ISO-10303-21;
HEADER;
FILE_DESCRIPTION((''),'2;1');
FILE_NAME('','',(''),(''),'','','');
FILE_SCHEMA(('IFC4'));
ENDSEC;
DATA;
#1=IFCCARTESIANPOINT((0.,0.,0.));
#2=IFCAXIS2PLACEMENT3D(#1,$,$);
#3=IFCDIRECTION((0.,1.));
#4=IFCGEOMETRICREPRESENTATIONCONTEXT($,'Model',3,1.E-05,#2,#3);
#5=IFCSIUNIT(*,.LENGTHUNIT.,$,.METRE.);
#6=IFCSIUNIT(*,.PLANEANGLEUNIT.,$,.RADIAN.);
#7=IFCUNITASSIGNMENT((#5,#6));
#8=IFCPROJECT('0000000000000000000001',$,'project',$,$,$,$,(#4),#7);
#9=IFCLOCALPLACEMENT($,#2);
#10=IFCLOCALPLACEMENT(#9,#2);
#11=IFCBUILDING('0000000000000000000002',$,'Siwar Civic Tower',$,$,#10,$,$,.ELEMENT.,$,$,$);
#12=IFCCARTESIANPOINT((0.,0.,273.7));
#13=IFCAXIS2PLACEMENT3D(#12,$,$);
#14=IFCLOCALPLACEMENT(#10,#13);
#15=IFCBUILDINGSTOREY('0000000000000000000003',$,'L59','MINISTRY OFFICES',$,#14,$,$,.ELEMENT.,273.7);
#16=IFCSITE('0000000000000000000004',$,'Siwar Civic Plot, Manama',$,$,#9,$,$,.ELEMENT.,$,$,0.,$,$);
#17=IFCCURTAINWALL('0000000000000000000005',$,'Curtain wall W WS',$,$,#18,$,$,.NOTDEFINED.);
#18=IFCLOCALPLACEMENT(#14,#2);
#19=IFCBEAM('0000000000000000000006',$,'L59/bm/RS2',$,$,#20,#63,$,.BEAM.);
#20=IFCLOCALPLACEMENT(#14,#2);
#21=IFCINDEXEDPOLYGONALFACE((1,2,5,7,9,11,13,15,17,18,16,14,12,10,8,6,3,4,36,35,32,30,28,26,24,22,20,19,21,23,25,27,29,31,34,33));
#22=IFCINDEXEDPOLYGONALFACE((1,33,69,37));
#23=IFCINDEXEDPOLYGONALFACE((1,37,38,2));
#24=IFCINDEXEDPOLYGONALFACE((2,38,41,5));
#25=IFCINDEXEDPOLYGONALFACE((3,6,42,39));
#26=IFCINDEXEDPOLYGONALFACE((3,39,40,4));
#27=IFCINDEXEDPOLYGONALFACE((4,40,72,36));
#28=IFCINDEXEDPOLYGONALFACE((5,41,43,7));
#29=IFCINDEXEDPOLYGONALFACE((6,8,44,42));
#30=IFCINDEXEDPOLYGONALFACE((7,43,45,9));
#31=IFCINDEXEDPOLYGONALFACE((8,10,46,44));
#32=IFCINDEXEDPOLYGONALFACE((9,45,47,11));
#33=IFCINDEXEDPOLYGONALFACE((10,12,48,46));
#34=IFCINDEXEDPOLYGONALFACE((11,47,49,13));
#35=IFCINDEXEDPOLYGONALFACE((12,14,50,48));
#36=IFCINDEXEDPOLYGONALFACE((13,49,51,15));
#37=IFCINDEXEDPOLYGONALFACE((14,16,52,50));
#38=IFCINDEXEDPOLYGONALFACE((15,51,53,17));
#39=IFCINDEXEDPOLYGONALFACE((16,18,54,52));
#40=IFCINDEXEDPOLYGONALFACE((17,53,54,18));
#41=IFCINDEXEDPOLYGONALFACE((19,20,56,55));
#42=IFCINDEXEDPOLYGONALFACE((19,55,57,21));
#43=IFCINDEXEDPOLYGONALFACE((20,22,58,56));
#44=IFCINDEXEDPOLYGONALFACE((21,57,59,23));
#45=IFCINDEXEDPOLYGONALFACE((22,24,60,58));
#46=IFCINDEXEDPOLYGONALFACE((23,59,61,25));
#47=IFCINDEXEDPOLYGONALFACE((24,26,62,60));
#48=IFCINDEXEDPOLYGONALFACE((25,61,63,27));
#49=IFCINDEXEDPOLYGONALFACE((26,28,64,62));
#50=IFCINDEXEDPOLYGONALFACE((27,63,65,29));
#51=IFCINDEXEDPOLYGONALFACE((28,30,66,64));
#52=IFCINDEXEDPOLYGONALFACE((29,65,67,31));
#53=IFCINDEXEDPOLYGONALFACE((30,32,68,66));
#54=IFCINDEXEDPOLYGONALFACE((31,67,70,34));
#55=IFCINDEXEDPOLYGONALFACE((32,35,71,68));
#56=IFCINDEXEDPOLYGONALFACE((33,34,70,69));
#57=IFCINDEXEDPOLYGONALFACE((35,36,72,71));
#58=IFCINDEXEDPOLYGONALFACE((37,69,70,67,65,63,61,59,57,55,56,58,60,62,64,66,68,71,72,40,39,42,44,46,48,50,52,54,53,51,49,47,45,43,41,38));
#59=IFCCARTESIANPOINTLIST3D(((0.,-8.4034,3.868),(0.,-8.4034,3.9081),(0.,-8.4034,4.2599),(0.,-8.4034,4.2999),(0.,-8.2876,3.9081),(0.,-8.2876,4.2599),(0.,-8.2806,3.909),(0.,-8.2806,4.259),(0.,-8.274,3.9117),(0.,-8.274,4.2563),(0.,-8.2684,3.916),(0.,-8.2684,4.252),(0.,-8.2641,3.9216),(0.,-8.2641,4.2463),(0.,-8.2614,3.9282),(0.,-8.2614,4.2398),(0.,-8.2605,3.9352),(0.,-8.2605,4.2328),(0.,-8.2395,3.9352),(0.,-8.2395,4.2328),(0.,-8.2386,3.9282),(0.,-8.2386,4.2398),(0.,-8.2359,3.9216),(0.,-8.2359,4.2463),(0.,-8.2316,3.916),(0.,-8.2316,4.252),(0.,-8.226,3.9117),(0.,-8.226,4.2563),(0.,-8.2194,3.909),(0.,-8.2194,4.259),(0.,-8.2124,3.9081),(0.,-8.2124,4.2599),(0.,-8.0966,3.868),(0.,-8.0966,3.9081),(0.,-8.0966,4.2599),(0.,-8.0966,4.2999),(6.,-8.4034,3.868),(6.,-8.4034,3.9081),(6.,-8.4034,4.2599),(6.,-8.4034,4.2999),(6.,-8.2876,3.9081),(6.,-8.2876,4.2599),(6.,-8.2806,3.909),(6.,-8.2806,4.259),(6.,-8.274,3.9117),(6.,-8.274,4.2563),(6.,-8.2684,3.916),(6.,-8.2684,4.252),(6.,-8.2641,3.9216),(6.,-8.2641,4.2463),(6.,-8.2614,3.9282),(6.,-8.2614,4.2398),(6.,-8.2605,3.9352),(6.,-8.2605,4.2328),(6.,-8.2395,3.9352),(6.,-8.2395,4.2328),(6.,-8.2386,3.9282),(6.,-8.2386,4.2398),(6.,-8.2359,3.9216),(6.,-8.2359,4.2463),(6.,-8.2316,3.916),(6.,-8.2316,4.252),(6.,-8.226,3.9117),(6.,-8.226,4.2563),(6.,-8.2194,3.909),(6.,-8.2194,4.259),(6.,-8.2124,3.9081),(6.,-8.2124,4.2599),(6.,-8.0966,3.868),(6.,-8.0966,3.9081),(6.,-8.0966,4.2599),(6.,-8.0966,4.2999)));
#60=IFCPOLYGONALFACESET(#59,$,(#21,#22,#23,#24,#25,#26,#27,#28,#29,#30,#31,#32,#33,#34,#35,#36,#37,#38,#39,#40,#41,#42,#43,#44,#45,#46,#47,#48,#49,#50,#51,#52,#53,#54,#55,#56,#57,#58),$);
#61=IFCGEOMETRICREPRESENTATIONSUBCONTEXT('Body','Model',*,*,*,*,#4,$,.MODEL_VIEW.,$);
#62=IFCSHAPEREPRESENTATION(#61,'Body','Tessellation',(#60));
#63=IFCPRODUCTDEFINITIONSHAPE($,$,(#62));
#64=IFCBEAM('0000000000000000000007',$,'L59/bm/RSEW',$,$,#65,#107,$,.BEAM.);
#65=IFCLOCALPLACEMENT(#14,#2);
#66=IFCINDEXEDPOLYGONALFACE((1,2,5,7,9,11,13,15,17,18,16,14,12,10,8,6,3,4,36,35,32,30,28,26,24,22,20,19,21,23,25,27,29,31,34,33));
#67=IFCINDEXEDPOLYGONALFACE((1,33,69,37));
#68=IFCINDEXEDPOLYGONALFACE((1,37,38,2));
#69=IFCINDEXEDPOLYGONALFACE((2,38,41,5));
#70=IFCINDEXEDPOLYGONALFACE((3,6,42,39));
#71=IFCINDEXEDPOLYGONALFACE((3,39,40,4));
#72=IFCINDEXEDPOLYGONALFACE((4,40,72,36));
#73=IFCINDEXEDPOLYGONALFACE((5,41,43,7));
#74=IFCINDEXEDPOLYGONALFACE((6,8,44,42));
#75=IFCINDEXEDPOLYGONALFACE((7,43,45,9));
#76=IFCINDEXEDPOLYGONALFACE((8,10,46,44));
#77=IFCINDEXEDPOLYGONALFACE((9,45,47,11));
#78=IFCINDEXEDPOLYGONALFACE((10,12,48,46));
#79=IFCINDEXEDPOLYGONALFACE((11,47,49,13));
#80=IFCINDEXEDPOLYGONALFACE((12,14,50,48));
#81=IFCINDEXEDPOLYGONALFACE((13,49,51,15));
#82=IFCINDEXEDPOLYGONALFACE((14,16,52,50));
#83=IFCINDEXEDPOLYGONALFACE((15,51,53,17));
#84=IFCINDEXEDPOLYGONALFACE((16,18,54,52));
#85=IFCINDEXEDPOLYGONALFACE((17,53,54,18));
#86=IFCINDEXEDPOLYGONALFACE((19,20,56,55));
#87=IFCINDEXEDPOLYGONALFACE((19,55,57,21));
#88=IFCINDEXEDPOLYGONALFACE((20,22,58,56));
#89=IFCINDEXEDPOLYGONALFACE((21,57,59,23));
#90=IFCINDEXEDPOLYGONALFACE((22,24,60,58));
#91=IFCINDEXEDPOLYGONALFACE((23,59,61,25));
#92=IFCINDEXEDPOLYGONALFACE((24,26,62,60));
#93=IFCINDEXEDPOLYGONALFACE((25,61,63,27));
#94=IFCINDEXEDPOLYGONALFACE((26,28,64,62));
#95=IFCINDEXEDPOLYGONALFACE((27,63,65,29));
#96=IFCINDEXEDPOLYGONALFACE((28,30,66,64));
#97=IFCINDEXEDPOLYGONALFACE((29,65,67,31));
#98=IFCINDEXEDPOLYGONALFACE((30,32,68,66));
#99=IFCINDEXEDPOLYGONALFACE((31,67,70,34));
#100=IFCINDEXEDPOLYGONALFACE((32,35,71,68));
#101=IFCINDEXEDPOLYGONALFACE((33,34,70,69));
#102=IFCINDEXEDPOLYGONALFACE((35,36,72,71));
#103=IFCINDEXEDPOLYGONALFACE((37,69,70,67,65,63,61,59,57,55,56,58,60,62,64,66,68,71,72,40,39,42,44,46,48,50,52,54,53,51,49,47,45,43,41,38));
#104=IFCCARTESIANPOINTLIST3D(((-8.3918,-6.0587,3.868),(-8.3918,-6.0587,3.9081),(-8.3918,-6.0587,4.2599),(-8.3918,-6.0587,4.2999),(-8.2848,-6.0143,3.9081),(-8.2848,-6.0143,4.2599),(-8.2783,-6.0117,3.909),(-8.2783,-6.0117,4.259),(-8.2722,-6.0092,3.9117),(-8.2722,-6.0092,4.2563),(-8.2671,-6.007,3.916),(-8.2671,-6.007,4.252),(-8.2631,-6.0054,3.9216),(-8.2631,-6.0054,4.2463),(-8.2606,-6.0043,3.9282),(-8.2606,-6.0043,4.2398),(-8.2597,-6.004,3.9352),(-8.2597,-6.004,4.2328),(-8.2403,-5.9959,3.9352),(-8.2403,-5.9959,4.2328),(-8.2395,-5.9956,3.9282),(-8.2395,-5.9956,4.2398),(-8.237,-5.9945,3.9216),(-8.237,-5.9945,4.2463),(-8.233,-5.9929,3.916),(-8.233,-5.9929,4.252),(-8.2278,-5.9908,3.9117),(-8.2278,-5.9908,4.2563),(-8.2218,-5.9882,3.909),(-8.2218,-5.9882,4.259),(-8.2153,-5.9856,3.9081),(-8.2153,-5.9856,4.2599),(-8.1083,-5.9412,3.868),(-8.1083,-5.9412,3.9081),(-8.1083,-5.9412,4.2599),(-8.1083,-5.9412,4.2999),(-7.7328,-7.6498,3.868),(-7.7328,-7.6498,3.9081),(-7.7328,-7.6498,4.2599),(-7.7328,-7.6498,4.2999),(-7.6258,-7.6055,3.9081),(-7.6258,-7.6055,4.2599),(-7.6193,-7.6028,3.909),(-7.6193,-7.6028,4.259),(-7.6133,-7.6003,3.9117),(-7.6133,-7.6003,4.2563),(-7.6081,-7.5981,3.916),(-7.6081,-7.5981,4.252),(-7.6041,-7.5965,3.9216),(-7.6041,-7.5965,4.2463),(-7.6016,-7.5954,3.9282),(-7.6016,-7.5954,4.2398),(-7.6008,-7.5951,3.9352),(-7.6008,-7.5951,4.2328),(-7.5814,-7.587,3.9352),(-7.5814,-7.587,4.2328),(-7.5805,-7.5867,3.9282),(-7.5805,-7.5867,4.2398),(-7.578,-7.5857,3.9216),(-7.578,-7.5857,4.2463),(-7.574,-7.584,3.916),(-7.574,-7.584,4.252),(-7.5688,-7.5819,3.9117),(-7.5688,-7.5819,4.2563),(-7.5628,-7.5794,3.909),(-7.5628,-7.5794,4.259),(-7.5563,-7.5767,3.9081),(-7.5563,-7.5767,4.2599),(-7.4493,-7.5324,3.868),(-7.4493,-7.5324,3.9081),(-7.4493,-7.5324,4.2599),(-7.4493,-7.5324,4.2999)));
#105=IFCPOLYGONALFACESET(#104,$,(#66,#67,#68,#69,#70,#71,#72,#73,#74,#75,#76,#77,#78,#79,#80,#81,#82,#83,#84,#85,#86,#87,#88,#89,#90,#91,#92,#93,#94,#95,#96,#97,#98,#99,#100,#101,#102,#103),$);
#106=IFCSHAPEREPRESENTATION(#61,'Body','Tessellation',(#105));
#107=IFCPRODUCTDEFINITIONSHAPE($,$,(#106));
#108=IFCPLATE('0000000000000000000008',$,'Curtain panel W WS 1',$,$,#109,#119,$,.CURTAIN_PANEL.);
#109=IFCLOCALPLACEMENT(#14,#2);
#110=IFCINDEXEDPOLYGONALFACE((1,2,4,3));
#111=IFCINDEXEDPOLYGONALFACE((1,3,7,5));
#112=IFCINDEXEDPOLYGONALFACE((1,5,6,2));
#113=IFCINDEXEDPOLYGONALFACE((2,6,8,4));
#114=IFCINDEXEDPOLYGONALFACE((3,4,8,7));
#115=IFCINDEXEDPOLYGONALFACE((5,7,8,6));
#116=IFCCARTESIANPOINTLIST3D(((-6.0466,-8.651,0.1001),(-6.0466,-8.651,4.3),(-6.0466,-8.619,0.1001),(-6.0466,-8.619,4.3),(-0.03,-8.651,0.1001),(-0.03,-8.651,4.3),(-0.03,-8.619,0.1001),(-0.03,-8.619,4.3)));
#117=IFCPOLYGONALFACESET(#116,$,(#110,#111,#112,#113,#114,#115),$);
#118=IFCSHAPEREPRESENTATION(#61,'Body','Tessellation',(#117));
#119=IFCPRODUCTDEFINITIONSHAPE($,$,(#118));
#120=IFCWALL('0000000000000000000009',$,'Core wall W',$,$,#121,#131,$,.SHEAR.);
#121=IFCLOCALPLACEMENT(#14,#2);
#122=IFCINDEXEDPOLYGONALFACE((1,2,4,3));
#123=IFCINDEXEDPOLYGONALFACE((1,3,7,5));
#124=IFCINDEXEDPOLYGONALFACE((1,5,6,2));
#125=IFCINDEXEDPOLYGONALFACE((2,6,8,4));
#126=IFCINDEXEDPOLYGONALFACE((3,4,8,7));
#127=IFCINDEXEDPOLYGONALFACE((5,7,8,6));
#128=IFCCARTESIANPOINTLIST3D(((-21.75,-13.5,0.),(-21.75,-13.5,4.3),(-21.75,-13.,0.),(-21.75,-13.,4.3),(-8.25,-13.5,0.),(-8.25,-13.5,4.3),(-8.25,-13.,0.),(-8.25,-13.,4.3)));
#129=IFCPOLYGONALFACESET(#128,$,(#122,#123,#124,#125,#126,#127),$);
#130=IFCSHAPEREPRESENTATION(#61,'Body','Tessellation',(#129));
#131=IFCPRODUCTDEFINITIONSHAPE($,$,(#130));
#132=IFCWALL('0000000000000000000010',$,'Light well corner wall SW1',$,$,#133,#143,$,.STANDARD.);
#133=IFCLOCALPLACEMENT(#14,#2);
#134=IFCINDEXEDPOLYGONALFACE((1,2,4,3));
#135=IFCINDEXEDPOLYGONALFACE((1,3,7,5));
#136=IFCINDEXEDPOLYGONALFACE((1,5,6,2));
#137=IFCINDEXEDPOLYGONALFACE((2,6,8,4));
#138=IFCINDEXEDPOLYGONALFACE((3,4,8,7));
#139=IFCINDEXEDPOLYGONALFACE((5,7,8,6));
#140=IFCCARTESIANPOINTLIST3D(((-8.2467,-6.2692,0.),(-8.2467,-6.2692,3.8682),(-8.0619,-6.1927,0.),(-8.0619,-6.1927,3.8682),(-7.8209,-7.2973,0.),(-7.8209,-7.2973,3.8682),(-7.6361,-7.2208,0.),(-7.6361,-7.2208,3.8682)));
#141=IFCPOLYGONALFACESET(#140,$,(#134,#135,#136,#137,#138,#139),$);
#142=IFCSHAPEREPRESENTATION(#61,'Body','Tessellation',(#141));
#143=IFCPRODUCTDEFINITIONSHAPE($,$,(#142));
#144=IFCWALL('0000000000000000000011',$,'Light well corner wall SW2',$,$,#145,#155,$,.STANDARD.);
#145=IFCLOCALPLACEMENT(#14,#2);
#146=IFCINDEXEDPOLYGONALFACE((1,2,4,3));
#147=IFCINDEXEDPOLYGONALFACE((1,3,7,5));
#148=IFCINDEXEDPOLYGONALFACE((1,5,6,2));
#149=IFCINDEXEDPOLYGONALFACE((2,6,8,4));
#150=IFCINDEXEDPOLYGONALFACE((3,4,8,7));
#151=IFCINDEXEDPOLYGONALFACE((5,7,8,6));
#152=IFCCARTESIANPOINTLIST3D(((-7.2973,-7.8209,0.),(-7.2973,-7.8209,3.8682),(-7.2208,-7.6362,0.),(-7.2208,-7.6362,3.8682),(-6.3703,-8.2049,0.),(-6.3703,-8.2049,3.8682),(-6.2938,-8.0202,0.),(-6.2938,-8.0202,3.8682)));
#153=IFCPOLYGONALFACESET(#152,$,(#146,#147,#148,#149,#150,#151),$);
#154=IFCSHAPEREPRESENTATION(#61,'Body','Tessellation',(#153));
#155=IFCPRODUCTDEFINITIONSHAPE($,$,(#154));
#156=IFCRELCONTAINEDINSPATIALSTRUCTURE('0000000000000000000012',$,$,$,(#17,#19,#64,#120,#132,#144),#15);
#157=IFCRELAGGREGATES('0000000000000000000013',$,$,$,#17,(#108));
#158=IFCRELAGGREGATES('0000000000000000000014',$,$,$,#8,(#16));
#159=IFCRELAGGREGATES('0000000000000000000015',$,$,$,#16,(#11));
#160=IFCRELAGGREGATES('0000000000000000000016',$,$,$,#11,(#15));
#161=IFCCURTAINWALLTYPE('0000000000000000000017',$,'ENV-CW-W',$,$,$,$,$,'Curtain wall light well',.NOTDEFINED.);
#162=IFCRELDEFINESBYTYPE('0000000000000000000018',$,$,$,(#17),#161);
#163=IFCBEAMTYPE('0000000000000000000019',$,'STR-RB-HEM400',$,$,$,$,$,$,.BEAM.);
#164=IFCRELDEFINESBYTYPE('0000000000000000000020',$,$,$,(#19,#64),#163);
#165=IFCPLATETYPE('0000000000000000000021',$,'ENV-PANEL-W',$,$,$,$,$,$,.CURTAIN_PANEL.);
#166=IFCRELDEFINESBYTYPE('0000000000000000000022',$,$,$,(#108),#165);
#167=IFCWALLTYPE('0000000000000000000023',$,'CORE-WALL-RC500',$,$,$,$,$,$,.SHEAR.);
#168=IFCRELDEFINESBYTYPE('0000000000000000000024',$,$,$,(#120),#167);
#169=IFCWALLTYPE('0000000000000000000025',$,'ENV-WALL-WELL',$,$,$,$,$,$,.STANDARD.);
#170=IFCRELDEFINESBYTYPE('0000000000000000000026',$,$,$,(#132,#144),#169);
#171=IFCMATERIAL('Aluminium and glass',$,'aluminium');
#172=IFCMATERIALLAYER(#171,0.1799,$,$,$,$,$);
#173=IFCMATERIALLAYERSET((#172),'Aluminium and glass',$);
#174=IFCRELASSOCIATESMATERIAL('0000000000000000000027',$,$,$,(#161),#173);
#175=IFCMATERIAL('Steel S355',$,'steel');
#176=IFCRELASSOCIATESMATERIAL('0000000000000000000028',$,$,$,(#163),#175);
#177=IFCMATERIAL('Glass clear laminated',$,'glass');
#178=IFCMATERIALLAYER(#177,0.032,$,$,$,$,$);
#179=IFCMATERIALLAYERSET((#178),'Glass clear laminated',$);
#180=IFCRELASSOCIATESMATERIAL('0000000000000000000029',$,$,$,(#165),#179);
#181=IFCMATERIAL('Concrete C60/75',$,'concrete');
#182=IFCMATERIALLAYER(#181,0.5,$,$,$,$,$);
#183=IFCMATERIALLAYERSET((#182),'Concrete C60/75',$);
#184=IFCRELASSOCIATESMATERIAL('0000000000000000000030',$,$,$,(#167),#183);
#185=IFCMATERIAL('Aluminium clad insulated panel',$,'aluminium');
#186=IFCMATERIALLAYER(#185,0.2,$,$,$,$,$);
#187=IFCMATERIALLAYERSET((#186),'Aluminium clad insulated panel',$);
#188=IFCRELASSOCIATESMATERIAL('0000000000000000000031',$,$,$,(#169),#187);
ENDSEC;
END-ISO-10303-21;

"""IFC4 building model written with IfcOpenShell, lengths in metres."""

from ifc_helpers import new_model, si_unit, direction, frame, frame_2d, origin, origin_2d, place, context, subcontext, project, spatial, rectangle, i_section, extrude, material, layer, layer_set, material_profile, profile_set, type_object, element, aggregate, save


model = new_model("IFC4")

# Units and contexts
model_context = context("Model", 3, precision=1e-05, world=origin(), true_north=direction((0.0, 1.0)))
body_context = subcontext(model_context, "Body", "Model", "MODEL_VIEW")
ifc_project = project(units=[si_unit("LENGTHUNIT", "METRE"), si_unit("PLANEANGLEUNIT", "RADIAN")], contexts=[model_context])

# Site, building, storey
site_placement = place(None, origin())
site = spatial("IfcSite", under=ifc_project, at=site_placement, Name="Siwar Civic Plot, Manama", CompositionType="ELEMENT", RefElevation=0.0)
building_placement = place(site_placement, origin())
building = spatial("IfcBuilding", under=site, at=building_placement, Name="Siwar Civic Tower", CompositionType="ELEMENT")
storey_placement = place(building_placement, frame((0.0, 0.0, 273.7)))
storey = spatial("IfcBuildingStorey", under=building, at=storey_placement, Name="L59", Description="MINISTRY OFFICES", CompositionType="ELEMENT", Elevation=273.7)

# Curtain wall
ifc_material_1 = material(Name="Aluminium and glass", Category="aluminium")
ifc_layer_1 = layer(ifc_material_1, 0.1799)
ifc_layer_set_1 = layer_set([ifc_layer_1], Name="Aluminium and glass")
curtain_wall_type = type_object("IfcCurtainWallType", Name="ENV-CW-W", ElementType="Curtain wall light well", PredefinedType="NOTDEFINED", material=ifc_layer_set_1)
curtain_wall_placement = place(storey_placement, origin())
curtain_wall = element("IfcCurtainWall", 1, at=curtain_wall_placement, inside=storey, type_object=curtain_wall_type, Name="Curtain wall W WS", PredefinedType="NOTDEFINED")

# Beams
ifc_material_2 = material(Name="Steel S355", Category="steel")
ifc_material_profile_1 = material_profile(ifc_material_2, i_section(OverallWidth=0.3069, OverallDepth=0.4319, WebThickness=0.021, FlangeThickness=0.04, FilletRadius=0.0271, at=origin_2d()), Name="HEM400")
ifc_profile_set_1 = profile_set([ifc_material_profile_1], Name="Steel S355")
beam_type = type_object("IfcBeamType", Name="STR-RB-HEM400", PredefinedType="BEAM", material=ifc_profile_set_1)
for number, where, z_axis, x_axis, name in (
    (2, (0.0, -8.25, 4.084), (1.0, 0.0, 0.0), (0.0, 1.0, 0.0), "L59/bm/RS2"),
):
    element("IfcBeam", number, at=place(storey_placement, frame(where, z_axis=z_axis, x_axis=x_axis)), inside=storey, type_object=beam_type, Name=name, PredefinedType="BEAM", context=body_context, shape_type="SweptSolid", body=[
        extrude(i_section(OverallWidth=0.3069, OverallDepth=0.4319, WebThickness=0.021, FlangeThickness=0.04, FilletRadius=0.0271, at=origin_2d()), origin(), (0.0, 0.0, 1.0), 6.0),
    ])
beam_1_placement = place(storey_placement, frame((-7.5911, -7.5911, 4.084), z_axis=(-0.382631, 0.923901, 0.0), x_axis=(-0.923901, -0.382631, 0.0)))
element("IfcBeam", 3, at=beam_1_placement, inside=storey, type_object=beam_type, Name="L59/bm/RSEW", PredefinedType="BEAM", context=body_context, shape_type="SweptSolid", body=[
    extrude(i_section(OverallWidth=0.3069, OverallDepth=0.4319, WebThickness=0.021, FlangeThickness=0.04, FilletRadius=0.0271, at=origin_2d()), origin(), (0.0, 0.0, 1.0), 1.7222),
])

# Plate
ifc_material_3 = material(Name="Glass clear laminated", Category="glass")
ifc_layer_2 = layer(ifc_material_3, 0.032)
ifc_layer_set_2 = layer_set([ifc_layer_2], Name="Glass clear laminated")
plate_type = type_object("IfcPlateType", Name="ENV-PANEL-W", PredefinedType="CURTAIN_PANEL", material=ifc_layer_set_2)
plate_placement = place(storey_placement, frame((-3.0383, -8.635, 0.1001), z_axis=(0.0, 0.0, 1.0), x_axis=(1.0, 0.0, 0.0)))
plate = element("IfcPlate", 4, at=plate_placement, type_object=plate_type, Name="Curtain panel W WS 1", PredefinedType="CURTAIN_PANEL", context=body_context, shape_type="SweptSolid", body=[
    extrude(rectangle(XDim=6.0166, YDim=0.032, at=origin_2d()), origin(), (0.0, 0.0, 1.0), 4.2),
])
aggregate(curtain_wall, [plate])

# Walls
ifc_material_4 = material(Name="Concrete C60/75", Category="concrete")
ifc_layer_3 = layer(ifc_material_4, 0.5)
ifc_layer_set_3 = layer_set([ifc_layer_3], Name="Concrete C60/75")
wall_type_1 = type_object("IfcWallType", Name="CORE-WALL-RC500", PredefinedType="SHEAR", material=ifc_layer_set_3)
wall_1_placement = place(storey_placement, frame((-8.25, -13.25, 0.0), z_axis=(0.0, 0.0, 1.0), x_axis=(-1.0, 0.0, 0.0)))
element("IfcWall", 5, at=wall_1_placement, inside=storey, type_object=wall_type_1, Name="Core wall W", PredefinedType="SHEAR", context=body_context, shape_type="SweptSolid", body=[
    extrude(rectangle(XDim=13.5, YDim=0.5, at=frame_2d((6.75, 0.0))), origin(), (0.0, 0.0, 1.0), 4.3),
])
ifc_material_5 = material(Name="Aluminium clad insulated panel", Category="aluminium")
ifc_layer_4 = layer(ifc_material_5, 0.2)
ifc_layer_set_4 = layer_set([ifc_layer_4], Name="Aluminium clad insulated panel")
wall_type_2 = type_object("IfcWallType", Name="ENV-WALL-WELL", PredefinedType="STANDARD", material=ifc_layer_set_4)
wall_2_placement = place(storey_placement, frame((-8.1543, -6.231, 0.0), z_axis=(0.0, 0.0, 1.0), x_axis=(0.382636, -0.923899, 0.0)))
element("IfcWall", 6, at=wall_2_placement, inside=storey, type_object=wall_type_2, Name="Light well corner wall SW1", PredefinedType="STANDARD", context=body_context, shape_type="SweptSolid", body=[
    extrude(rectangle(XDim=1.1128, YDim=0.2, at=frame_2d((0.5564, 0.0))), origin(), (0.0, 0.0, 1.0), 3.8682),
])
wall_3_placement = place(storey_placement, frame((-7.259, -7.7285, 0.0), z_axis=(0.0, 0.0, 1.0), x_axis=(0.92386, -0.382731, 0.0)))
element("IfcWall", 7, at=wall_3_placement, inside=storey, type_object=wall_type_2, Name="Light well corner wall SW2", PredefinedType="STANDARD", context=body_context, shape_type="SweptSolid", body=[
    extrude(rectangle(XDim=1.0034, YDim=0.2, at=frame_2d((0.5017, 0.0))), origin(), (0.0, 0.0, 1.0), 3.8682),
])

save(model, "model.ifc")
